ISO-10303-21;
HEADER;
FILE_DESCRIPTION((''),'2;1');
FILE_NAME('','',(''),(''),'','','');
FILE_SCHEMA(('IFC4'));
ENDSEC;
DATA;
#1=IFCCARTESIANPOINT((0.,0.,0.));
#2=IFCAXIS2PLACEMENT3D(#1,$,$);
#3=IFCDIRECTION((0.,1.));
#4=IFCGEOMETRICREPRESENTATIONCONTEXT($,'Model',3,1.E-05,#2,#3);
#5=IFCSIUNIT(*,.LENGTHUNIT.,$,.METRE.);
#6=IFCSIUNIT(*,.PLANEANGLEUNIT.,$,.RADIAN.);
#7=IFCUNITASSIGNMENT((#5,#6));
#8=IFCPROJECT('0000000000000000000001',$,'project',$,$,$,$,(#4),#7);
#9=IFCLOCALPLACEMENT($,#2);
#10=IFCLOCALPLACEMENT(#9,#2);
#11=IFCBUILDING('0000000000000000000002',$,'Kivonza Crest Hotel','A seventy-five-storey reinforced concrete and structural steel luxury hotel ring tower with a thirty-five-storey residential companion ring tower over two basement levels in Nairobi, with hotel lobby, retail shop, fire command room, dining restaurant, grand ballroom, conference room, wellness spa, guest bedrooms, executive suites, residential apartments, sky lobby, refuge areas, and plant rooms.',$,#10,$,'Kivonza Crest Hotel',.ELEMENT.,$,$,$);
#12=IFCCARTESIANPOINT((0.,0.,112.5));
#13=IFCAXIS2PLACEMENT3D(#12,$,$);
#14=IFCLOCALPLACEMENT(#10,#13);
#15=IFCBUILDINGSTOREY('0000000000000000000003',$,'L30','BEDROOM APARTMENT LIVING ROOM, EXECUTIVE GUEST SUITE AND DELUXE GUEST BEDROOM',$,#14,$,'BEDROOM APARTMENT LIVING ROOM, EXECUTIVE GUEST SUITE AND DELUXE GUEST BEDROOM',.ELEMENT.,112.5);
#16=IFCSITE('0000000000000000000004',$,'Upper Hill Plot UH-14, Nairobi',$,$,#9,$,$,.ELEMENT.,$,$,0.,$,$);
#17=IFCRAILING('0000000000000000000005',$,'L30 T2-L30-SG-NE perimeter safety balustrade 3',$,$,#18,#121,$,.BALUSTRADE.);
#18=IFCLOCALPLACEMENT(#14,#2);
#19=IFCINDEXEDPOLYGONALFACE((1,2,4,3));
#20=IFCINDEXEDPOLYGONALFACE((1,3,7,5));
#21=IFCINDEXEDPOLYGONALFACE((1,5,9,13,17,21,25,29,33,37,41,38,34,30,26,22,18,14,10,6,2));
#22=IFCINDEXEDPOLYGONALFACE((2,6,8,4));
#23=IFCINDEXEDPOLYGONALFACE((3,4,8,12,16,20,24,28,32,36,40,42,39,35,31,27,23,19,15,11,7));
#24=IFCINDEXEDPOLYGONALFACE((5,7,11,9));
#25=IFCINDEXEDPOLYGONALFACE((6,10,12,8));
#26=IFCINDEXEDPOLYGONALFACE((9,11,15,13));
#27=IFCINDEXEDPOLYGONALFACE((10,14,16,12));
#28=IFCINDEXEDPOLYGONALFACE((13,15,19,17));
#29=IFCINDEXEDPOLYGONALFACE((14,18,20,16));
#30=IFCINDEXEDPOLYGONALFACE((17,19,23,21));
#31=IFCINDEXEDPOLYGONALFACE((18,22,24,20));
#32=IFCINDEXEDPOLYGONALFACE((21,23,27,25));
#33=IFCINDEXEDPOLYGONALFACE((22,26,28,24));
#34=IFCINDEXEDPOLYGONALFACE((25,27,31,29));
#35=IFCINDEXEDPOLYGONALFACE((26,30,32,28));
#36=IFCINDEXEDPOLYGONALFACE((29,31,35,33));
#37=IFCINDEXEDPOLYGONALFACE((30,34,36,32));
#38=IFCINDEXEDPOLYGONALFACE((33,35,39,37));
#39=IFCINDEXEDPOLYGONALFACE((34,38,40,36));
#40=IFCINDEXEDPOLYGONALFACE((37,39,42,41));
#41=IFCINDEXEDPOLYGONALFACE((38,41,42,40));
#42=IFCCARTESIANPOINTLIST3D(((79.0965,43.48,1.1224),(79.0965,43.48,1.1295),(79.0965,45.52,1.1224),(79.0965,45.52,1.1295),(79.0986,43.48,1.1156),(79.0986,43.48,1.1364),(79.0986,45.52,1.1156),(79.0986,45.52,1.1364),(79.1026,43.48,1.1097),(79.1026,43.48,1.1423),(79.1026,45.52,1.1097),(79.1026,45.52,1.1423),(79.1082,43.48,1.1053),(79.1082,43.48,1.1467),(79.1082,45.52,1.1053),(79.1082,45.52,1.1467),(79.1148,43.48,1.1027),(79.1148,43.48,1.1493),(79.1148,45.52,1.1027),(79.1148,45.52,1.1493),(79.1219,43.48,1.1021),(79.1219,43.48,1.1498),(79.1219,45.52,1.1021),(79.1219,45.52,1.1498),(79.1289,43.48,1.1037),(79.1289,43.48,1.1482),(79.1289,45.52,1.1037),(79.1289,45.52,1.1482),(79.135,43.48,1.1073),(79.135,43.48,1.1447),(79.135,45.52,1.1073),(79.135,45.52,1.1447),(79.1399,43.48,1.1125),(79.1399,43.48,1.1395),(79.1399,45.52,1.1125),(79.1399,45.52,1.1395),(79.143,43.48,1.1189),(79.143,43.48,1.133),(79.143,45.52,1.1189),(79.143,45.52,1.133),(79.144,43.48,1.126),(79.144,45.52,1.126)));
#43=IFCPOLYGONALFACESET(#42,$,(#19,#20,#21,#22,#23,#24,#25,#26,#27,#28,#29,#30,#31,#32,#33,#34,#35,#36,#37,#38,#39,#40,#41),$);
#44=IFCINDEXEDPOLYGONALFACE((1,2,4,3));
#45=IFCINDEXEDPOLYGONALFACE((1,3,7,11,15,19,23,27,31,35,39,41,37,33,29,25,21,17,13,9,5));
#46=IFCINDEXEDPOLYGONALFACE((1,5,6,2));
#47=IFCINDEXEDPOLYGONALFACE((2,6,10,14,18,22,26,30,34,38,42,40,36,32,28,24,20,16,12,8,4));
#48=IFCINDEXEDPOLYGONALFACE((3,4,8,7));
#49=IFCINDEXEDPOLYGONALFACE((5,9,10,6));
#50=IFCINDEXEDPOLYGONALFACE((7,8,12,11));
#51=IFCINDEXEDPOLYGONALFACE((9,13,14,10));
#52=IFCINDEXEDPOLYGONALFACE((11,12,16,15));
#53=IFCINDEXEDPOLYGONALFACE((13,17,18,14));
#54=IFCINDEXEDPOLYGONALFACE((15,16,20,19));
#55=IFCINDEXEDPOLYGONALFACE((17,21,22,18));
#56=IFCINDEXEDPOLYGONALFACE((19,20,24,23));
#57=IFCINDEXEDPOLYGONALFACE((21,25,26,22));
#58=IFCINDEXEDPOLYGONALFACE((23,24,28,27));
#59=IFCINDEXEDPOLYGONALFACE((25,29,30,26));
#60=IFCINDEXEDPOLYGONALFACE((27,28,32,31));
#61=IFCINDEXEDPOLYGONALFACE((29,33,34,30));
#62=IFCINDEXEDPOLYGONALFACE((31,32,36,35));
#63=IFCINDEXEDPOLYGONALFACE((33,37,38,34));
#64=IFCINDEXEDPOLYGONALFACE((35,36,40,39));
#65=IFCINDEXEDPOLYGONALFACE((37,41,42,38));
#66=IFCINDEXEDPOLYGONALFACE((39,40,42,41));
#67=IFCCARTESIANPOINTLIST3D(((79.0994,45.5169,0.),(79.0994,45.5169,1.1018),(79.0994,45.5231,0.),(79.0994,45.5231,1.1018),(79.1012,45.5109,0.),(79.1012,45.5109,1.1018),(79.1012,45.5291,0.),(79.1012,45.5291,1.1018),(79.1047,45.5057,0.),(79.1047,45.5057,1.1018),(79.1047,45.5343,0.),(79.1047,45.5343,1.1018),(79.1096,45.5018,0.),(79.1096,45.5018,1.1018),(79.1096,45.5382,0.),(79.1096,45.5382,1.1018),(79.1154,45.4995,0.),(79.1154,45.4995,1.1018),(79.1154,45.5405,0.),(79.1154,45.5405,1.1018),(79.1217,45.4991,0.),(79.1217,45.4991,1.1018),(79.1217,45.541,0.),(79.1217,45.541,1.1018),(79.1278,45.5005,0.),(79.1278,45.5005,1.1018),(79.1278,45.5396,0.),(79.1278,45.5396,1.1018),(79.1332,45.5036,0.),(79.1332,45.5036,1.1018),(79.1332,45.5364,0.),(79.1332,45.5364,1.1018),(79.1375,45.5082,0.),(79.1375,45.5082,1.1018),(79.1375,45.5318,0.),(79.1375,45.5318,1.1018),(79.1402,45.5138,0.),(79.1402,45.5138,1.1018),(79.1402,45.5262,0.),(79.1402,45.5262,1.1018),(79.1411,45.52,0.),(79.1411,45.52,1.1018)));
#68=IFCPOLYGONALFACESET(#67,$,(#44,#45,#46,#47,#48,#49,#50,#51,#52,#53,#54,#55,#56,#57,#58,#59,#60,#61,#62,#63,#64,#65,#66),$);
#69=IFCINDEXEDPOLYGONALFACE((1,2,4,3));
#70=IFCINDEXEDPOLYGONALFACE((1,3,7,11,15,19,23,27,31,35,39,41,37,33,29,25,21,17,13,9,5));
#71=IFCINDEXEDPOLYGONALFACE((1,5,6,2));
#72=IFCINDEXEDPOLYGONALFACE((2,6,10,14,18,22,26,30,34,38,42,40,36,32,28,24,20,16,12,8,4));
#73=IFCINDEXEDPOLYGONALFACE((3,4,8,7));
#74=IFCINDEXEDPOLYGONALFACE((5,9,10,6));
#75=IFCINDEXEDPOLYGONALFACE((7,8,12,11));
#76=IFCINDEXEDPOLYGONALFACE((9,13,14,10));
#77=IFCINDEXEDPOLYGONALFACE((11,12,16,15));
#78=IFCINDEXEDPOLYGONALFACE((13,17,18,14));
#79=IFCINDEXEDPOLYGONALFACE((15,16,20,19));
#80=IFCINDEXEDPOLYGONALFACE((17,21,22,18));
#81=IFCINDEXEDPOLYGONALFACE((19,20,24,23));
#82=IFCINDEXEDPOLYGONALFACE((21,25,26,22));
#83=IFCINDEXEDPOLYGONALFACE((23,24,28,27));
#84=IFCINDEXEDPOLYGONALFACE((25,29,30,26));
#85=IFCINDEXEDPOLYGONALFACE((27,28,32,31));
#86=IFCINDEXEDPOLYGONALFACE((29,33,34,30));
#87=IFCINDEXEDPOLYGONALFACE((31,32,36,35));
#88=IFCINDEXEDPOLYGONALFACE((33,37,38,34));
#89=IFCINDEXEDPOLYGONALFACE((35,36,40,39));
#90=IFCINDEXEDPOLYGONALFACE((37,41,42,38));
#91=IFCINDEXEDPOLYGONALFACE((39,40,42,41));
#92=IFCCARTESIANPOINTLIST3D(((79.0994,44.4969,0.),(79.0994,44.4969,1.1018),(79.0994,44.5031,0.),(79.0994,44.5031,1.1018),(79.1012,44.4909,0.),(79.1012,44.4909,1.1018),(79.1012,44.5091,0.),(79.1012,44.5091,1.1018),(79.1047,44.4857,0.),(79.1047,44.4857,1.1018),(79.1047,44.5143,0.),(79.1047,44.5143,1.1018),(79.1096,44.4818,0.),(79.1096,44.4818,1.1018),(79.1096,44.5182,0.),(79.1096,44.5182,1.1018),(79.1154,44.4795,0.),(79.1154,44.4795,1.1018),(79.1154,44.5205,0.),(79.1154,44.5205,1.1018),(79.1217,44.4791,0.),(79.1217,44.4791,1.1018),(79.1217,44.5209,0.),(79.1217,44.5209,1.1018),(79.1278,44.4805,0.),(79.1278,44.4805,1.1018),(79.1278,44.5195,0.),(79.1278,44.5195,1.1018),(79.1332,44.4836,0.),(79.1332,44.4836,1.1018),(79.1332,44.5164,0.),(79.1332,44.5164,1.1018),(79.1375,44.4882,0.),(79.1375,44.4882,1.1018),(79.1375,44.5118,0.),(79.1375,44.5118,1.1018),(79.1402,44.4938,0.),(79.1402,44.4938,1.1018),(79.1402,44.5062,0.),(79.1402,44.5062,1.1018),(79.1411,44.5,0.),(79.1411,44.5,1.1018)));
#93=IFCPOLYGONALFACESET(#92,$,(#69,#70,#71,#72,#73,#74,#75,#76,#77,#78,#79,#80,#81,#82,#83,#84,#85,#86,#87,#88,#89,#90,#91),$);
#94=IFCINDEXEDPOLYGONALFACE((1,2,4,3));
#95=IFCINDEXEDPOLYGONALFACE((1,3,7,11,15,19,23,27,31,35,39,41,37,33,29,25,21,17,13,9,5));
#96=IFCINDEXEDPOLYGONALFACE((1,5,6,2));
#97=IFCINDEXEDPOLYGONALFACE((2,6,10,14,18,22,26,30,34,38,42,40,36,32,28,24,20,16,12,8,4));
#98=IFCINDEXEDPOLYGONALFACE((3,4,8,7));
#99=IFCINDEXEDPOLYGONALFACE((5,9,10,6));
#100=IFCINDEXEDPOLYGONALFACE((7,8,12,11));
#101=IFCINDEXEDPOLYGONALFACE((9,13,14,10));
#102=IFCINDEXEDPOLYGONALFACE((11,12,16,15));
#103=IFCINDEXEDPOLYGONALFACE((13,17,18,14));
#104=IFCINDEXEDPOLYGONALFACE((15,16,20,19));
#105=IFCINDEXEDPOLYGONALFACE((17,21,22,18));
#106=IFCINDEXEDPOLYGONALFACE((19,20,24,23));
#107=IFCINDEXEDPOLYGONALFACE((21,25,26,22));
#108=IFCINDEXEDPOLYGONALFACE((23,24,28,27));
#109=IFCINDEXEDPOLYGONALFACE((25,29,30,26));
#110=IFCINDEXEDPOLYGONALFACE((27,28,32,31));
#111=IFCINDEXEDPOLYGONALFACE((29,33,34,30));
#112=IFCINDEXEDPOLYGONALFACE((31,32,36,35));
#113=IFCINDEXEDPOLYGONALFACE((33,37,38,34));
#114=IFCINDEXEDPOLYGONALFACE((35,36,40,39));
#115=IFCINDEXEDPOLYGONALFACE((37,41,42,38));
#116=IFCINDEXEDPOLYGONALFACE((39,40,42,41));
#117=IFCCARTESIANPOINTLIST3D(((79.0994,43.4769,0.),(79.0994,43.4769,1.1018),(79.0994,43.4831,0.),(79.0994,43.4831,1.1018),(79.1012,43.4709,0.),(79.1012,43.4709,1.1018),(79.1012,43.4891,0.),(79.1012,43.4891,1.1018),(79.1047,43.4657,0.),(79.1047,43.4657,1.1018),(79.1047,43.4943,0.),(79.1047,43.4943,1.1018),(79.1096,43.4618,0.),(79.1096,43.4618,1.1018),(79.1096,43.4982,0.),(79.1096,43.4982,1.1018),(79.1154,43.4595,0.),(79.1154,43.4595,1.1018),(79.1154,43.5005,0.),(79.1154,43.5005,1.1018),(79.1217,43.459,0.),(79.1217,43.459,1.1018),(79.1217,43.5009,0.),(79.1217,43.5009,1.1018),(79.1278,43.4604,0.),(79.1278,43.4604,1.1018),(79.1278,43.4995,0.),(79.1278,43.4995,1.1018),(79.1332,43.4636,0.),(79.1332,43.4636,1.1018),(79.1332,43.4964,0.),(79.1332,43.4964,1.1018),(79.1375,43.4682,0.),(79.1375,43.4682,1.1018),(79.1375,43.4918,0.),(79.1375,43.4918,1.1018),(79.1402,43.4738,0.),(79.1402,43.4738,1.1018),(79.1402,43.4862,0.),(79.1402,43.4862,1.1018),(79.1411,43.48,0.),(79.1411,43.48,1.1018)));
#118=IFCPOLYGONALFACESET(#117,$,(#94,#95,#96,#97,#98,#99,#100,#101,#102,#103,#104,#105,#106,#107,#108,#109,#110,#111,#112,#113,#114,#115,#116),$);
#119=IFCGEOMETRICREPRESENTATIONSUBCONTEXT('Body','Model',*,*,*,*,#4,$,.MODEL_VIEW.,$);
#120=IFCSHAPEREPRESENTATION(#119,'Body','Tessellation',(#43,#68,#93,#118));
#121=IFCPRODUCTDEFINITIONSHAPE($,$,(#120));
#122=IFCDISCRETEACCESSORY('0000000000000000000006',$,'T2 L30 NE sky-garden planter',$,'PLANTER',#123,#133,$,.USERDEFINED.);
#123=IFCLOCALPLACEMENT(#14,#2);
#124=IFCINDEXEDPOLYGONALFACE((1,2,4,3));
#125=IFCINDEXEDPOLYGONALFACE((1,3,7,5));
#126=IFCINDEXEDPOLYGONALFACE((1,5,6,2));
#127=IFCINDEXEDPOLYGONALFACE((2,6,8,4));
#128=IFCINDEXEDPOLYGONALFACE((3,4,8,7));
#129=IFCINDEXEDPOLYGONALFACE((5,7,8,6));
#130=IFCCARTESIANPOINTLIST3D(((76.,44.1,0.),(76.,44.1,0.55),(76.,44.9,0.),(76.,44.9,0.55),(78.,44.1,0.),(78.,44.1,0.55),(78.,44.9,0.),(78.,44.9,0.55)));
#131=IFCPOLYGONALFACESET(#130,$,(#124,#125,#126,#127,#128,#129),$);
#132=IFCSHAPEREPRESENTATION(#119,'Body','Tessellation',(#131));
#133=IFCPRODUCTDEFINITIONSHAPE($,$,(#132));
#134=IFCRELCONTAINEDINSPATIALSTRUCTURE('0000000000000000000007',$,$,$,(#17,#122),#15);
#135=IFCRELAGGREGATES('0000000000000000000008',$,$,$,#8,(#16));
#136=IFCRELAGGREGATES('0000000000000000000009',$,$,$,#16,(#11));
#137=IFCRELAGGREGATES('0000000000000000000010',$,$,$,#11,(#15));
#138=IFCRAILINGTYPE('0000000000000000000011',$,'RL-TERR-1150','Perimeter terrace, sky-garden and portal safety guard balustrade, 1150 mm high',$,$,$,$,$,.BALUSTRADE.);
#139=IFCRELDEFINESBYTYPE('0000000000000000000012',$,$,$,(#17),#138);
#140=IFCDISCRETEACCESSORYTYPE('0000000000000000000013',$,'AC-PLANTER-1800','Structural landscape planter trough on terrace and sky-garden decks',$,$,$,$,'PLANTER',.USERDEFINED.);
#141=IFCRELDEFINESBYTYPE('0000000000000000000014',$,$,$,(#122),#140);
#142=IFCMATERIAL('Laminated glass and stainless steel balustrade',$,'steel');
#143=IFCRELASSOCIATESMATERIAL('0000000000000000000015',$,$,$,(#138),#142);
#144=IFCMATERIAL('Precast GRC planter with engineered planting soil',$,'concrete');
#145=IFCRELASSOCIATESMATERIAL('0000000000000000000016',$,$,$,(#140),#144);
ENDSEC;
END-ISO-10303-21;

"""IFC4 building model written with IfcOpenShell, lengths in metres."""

from ifc_helpers import new_model, si_unit, direction, frame, origin, origin_2d, place, context, subcontext, project, spatial, rectangle, circle, extrude, material, type_object, element, save


model = new_model("IFC4")

# Units and contexts
model_context = context("Model", 3, precision=1e-05, world=origin(), true_north=direction((0.0, 1.0)))
body_context = subcontext(model_context, "Body", "Model", "MODEL_VIEW")
ifc_project = project(units=[si_unit("LENGTHUNIT", "METRE"), si_unit("PLANEANGLEUNIT", "RADIAN")], contexts=[model_context])

# Site, building, storey
site_placement = place(None, origin())
site = spatial("IfcSite", under=ifc_project, at=site_placement, Name="Upper Hill Plot UH-14, Nairobi", CompositionType="ELEMENT", RefElevation=0.0)
building_placement = place(site_placement, origin())
building = spatial("IfcBuilding", under=site, at=building_placement, Name="Kivonza Crest Hotel", Description="A seventy-five-storey reinforced concrete and structural steel luxury hotel ring tower with a thirty-five-storey residential companion ring tower over two basement levels in Nairobi, with hotel lobby, retail shop, fire command room, dining restaurant, grand ballroom, conference room, wellness spa, guest bedrooms, executive suites, residential apartments, sky lobby, refuge areas, and plant rooms.", LongName="Kivonza Crest Hotel", CompositionType="ELEMENT")
storey_placement = place(building_placement, frame((0.0, 0.0, 112.5)))
storey = spatial("IfcBuildingStorey", under=building, at=storey_placement, Name="L30", Description="BEDROOM APARTMENT LIVING ROOM, EXECUTIVE GUEST SUITE AND DELUXE GUEST BEDROOM", LongName="BEDROOM APARTMENT LIVING ROOM, EXECUTIVE GUEST SUITE AND DELUXE GUEST BEDROOM", CompositionType="ELEMENT", Elevation=112.5)

# Railing
ifc_material_1 = material(Name="Laminated glass and stainless steel balustrade", Category="steel")
railing_type_1 = type_object("IfcRailingType", Name="RL-TERR-1150", Description="Perimeter terrace, sky-garden and portal safety guard balustrade, 1150 mm high", PredefinedType="BALUSTRADE", material=ifc_material_1)
railing_1_placement = place(storey_placement, frame((79.1201, 45.52, 0.0)))
element("IfcRailing", 1, at=railing_1_placement, inside=storey, type_object=railing_type_1, Name="L30 T2-L30-SG-NE perimeter safety balustrade 3", PredefinedType="BALUSTRADE", context=body_context, shape_type="SweptSolid", body=[
    extrude(circle(Radius=0.0239, at=origin_2d()), frame((0.0, 0.0, 1.126), z_axis=(0.0, -1.0, 0.0), x_axis=(1.0, 0.0, 0.0)), (0.0, 0.0, 1.0), 2.04),
    extrude(circle(Radius=0.021, at=origin_2d()), origin(), (0.0, 0.0, 1.0), 1.1018),
    extrude(circle(Radius=0.021, at=origin_2d()), frame((0.0, -1.02, 0.0)), (0.0, 0.0, 1.0), 1.1018),
    extrude(circle(Radius=0.021, at=origin_2d()), frame((0.0, -2.04, 0.0)), (0.0, 0.0, 1.0), 1.1018),
])

# Discrete accessory
ifc_material_2 = material(Name="Precast GRC planter with engineered planting soil", Category="concrete")
discrete_accessory_type = type_object("IfcDiscreteAccessoryType", Name="AC-PLANTER-1800", Description="Structural landscape planter trough on terrace and sky-garden decks", ElementType="PLANTER", PredefinedType="USERDEFINED", material=ifc_material_2)
discrete_accessory_placement = place(storey_placement, frame((77.0, 44.5, 0.0), z_axis=(0.0, 0.0, 1.0), x_axis=(1.0, 0.0, 0.0)))
element("IfcDiscreteAccessory", 2, at=discrete_accessory_placement, inside=storey, type_object=discrete_accessory_type, Name="T2 L30 NE sky-garden planter", ObjectType="PLANTER", PredefinedType="USERDEFINED", context=body_context, shape_type="SweptSolid", body=[
    extrude(rectangle(XDim=2.0, YDim=0.8, at=origin_2d()), origin(), (0.0, 0.0, 1.0), 0.55),
])

save(model, "model.ifc")
